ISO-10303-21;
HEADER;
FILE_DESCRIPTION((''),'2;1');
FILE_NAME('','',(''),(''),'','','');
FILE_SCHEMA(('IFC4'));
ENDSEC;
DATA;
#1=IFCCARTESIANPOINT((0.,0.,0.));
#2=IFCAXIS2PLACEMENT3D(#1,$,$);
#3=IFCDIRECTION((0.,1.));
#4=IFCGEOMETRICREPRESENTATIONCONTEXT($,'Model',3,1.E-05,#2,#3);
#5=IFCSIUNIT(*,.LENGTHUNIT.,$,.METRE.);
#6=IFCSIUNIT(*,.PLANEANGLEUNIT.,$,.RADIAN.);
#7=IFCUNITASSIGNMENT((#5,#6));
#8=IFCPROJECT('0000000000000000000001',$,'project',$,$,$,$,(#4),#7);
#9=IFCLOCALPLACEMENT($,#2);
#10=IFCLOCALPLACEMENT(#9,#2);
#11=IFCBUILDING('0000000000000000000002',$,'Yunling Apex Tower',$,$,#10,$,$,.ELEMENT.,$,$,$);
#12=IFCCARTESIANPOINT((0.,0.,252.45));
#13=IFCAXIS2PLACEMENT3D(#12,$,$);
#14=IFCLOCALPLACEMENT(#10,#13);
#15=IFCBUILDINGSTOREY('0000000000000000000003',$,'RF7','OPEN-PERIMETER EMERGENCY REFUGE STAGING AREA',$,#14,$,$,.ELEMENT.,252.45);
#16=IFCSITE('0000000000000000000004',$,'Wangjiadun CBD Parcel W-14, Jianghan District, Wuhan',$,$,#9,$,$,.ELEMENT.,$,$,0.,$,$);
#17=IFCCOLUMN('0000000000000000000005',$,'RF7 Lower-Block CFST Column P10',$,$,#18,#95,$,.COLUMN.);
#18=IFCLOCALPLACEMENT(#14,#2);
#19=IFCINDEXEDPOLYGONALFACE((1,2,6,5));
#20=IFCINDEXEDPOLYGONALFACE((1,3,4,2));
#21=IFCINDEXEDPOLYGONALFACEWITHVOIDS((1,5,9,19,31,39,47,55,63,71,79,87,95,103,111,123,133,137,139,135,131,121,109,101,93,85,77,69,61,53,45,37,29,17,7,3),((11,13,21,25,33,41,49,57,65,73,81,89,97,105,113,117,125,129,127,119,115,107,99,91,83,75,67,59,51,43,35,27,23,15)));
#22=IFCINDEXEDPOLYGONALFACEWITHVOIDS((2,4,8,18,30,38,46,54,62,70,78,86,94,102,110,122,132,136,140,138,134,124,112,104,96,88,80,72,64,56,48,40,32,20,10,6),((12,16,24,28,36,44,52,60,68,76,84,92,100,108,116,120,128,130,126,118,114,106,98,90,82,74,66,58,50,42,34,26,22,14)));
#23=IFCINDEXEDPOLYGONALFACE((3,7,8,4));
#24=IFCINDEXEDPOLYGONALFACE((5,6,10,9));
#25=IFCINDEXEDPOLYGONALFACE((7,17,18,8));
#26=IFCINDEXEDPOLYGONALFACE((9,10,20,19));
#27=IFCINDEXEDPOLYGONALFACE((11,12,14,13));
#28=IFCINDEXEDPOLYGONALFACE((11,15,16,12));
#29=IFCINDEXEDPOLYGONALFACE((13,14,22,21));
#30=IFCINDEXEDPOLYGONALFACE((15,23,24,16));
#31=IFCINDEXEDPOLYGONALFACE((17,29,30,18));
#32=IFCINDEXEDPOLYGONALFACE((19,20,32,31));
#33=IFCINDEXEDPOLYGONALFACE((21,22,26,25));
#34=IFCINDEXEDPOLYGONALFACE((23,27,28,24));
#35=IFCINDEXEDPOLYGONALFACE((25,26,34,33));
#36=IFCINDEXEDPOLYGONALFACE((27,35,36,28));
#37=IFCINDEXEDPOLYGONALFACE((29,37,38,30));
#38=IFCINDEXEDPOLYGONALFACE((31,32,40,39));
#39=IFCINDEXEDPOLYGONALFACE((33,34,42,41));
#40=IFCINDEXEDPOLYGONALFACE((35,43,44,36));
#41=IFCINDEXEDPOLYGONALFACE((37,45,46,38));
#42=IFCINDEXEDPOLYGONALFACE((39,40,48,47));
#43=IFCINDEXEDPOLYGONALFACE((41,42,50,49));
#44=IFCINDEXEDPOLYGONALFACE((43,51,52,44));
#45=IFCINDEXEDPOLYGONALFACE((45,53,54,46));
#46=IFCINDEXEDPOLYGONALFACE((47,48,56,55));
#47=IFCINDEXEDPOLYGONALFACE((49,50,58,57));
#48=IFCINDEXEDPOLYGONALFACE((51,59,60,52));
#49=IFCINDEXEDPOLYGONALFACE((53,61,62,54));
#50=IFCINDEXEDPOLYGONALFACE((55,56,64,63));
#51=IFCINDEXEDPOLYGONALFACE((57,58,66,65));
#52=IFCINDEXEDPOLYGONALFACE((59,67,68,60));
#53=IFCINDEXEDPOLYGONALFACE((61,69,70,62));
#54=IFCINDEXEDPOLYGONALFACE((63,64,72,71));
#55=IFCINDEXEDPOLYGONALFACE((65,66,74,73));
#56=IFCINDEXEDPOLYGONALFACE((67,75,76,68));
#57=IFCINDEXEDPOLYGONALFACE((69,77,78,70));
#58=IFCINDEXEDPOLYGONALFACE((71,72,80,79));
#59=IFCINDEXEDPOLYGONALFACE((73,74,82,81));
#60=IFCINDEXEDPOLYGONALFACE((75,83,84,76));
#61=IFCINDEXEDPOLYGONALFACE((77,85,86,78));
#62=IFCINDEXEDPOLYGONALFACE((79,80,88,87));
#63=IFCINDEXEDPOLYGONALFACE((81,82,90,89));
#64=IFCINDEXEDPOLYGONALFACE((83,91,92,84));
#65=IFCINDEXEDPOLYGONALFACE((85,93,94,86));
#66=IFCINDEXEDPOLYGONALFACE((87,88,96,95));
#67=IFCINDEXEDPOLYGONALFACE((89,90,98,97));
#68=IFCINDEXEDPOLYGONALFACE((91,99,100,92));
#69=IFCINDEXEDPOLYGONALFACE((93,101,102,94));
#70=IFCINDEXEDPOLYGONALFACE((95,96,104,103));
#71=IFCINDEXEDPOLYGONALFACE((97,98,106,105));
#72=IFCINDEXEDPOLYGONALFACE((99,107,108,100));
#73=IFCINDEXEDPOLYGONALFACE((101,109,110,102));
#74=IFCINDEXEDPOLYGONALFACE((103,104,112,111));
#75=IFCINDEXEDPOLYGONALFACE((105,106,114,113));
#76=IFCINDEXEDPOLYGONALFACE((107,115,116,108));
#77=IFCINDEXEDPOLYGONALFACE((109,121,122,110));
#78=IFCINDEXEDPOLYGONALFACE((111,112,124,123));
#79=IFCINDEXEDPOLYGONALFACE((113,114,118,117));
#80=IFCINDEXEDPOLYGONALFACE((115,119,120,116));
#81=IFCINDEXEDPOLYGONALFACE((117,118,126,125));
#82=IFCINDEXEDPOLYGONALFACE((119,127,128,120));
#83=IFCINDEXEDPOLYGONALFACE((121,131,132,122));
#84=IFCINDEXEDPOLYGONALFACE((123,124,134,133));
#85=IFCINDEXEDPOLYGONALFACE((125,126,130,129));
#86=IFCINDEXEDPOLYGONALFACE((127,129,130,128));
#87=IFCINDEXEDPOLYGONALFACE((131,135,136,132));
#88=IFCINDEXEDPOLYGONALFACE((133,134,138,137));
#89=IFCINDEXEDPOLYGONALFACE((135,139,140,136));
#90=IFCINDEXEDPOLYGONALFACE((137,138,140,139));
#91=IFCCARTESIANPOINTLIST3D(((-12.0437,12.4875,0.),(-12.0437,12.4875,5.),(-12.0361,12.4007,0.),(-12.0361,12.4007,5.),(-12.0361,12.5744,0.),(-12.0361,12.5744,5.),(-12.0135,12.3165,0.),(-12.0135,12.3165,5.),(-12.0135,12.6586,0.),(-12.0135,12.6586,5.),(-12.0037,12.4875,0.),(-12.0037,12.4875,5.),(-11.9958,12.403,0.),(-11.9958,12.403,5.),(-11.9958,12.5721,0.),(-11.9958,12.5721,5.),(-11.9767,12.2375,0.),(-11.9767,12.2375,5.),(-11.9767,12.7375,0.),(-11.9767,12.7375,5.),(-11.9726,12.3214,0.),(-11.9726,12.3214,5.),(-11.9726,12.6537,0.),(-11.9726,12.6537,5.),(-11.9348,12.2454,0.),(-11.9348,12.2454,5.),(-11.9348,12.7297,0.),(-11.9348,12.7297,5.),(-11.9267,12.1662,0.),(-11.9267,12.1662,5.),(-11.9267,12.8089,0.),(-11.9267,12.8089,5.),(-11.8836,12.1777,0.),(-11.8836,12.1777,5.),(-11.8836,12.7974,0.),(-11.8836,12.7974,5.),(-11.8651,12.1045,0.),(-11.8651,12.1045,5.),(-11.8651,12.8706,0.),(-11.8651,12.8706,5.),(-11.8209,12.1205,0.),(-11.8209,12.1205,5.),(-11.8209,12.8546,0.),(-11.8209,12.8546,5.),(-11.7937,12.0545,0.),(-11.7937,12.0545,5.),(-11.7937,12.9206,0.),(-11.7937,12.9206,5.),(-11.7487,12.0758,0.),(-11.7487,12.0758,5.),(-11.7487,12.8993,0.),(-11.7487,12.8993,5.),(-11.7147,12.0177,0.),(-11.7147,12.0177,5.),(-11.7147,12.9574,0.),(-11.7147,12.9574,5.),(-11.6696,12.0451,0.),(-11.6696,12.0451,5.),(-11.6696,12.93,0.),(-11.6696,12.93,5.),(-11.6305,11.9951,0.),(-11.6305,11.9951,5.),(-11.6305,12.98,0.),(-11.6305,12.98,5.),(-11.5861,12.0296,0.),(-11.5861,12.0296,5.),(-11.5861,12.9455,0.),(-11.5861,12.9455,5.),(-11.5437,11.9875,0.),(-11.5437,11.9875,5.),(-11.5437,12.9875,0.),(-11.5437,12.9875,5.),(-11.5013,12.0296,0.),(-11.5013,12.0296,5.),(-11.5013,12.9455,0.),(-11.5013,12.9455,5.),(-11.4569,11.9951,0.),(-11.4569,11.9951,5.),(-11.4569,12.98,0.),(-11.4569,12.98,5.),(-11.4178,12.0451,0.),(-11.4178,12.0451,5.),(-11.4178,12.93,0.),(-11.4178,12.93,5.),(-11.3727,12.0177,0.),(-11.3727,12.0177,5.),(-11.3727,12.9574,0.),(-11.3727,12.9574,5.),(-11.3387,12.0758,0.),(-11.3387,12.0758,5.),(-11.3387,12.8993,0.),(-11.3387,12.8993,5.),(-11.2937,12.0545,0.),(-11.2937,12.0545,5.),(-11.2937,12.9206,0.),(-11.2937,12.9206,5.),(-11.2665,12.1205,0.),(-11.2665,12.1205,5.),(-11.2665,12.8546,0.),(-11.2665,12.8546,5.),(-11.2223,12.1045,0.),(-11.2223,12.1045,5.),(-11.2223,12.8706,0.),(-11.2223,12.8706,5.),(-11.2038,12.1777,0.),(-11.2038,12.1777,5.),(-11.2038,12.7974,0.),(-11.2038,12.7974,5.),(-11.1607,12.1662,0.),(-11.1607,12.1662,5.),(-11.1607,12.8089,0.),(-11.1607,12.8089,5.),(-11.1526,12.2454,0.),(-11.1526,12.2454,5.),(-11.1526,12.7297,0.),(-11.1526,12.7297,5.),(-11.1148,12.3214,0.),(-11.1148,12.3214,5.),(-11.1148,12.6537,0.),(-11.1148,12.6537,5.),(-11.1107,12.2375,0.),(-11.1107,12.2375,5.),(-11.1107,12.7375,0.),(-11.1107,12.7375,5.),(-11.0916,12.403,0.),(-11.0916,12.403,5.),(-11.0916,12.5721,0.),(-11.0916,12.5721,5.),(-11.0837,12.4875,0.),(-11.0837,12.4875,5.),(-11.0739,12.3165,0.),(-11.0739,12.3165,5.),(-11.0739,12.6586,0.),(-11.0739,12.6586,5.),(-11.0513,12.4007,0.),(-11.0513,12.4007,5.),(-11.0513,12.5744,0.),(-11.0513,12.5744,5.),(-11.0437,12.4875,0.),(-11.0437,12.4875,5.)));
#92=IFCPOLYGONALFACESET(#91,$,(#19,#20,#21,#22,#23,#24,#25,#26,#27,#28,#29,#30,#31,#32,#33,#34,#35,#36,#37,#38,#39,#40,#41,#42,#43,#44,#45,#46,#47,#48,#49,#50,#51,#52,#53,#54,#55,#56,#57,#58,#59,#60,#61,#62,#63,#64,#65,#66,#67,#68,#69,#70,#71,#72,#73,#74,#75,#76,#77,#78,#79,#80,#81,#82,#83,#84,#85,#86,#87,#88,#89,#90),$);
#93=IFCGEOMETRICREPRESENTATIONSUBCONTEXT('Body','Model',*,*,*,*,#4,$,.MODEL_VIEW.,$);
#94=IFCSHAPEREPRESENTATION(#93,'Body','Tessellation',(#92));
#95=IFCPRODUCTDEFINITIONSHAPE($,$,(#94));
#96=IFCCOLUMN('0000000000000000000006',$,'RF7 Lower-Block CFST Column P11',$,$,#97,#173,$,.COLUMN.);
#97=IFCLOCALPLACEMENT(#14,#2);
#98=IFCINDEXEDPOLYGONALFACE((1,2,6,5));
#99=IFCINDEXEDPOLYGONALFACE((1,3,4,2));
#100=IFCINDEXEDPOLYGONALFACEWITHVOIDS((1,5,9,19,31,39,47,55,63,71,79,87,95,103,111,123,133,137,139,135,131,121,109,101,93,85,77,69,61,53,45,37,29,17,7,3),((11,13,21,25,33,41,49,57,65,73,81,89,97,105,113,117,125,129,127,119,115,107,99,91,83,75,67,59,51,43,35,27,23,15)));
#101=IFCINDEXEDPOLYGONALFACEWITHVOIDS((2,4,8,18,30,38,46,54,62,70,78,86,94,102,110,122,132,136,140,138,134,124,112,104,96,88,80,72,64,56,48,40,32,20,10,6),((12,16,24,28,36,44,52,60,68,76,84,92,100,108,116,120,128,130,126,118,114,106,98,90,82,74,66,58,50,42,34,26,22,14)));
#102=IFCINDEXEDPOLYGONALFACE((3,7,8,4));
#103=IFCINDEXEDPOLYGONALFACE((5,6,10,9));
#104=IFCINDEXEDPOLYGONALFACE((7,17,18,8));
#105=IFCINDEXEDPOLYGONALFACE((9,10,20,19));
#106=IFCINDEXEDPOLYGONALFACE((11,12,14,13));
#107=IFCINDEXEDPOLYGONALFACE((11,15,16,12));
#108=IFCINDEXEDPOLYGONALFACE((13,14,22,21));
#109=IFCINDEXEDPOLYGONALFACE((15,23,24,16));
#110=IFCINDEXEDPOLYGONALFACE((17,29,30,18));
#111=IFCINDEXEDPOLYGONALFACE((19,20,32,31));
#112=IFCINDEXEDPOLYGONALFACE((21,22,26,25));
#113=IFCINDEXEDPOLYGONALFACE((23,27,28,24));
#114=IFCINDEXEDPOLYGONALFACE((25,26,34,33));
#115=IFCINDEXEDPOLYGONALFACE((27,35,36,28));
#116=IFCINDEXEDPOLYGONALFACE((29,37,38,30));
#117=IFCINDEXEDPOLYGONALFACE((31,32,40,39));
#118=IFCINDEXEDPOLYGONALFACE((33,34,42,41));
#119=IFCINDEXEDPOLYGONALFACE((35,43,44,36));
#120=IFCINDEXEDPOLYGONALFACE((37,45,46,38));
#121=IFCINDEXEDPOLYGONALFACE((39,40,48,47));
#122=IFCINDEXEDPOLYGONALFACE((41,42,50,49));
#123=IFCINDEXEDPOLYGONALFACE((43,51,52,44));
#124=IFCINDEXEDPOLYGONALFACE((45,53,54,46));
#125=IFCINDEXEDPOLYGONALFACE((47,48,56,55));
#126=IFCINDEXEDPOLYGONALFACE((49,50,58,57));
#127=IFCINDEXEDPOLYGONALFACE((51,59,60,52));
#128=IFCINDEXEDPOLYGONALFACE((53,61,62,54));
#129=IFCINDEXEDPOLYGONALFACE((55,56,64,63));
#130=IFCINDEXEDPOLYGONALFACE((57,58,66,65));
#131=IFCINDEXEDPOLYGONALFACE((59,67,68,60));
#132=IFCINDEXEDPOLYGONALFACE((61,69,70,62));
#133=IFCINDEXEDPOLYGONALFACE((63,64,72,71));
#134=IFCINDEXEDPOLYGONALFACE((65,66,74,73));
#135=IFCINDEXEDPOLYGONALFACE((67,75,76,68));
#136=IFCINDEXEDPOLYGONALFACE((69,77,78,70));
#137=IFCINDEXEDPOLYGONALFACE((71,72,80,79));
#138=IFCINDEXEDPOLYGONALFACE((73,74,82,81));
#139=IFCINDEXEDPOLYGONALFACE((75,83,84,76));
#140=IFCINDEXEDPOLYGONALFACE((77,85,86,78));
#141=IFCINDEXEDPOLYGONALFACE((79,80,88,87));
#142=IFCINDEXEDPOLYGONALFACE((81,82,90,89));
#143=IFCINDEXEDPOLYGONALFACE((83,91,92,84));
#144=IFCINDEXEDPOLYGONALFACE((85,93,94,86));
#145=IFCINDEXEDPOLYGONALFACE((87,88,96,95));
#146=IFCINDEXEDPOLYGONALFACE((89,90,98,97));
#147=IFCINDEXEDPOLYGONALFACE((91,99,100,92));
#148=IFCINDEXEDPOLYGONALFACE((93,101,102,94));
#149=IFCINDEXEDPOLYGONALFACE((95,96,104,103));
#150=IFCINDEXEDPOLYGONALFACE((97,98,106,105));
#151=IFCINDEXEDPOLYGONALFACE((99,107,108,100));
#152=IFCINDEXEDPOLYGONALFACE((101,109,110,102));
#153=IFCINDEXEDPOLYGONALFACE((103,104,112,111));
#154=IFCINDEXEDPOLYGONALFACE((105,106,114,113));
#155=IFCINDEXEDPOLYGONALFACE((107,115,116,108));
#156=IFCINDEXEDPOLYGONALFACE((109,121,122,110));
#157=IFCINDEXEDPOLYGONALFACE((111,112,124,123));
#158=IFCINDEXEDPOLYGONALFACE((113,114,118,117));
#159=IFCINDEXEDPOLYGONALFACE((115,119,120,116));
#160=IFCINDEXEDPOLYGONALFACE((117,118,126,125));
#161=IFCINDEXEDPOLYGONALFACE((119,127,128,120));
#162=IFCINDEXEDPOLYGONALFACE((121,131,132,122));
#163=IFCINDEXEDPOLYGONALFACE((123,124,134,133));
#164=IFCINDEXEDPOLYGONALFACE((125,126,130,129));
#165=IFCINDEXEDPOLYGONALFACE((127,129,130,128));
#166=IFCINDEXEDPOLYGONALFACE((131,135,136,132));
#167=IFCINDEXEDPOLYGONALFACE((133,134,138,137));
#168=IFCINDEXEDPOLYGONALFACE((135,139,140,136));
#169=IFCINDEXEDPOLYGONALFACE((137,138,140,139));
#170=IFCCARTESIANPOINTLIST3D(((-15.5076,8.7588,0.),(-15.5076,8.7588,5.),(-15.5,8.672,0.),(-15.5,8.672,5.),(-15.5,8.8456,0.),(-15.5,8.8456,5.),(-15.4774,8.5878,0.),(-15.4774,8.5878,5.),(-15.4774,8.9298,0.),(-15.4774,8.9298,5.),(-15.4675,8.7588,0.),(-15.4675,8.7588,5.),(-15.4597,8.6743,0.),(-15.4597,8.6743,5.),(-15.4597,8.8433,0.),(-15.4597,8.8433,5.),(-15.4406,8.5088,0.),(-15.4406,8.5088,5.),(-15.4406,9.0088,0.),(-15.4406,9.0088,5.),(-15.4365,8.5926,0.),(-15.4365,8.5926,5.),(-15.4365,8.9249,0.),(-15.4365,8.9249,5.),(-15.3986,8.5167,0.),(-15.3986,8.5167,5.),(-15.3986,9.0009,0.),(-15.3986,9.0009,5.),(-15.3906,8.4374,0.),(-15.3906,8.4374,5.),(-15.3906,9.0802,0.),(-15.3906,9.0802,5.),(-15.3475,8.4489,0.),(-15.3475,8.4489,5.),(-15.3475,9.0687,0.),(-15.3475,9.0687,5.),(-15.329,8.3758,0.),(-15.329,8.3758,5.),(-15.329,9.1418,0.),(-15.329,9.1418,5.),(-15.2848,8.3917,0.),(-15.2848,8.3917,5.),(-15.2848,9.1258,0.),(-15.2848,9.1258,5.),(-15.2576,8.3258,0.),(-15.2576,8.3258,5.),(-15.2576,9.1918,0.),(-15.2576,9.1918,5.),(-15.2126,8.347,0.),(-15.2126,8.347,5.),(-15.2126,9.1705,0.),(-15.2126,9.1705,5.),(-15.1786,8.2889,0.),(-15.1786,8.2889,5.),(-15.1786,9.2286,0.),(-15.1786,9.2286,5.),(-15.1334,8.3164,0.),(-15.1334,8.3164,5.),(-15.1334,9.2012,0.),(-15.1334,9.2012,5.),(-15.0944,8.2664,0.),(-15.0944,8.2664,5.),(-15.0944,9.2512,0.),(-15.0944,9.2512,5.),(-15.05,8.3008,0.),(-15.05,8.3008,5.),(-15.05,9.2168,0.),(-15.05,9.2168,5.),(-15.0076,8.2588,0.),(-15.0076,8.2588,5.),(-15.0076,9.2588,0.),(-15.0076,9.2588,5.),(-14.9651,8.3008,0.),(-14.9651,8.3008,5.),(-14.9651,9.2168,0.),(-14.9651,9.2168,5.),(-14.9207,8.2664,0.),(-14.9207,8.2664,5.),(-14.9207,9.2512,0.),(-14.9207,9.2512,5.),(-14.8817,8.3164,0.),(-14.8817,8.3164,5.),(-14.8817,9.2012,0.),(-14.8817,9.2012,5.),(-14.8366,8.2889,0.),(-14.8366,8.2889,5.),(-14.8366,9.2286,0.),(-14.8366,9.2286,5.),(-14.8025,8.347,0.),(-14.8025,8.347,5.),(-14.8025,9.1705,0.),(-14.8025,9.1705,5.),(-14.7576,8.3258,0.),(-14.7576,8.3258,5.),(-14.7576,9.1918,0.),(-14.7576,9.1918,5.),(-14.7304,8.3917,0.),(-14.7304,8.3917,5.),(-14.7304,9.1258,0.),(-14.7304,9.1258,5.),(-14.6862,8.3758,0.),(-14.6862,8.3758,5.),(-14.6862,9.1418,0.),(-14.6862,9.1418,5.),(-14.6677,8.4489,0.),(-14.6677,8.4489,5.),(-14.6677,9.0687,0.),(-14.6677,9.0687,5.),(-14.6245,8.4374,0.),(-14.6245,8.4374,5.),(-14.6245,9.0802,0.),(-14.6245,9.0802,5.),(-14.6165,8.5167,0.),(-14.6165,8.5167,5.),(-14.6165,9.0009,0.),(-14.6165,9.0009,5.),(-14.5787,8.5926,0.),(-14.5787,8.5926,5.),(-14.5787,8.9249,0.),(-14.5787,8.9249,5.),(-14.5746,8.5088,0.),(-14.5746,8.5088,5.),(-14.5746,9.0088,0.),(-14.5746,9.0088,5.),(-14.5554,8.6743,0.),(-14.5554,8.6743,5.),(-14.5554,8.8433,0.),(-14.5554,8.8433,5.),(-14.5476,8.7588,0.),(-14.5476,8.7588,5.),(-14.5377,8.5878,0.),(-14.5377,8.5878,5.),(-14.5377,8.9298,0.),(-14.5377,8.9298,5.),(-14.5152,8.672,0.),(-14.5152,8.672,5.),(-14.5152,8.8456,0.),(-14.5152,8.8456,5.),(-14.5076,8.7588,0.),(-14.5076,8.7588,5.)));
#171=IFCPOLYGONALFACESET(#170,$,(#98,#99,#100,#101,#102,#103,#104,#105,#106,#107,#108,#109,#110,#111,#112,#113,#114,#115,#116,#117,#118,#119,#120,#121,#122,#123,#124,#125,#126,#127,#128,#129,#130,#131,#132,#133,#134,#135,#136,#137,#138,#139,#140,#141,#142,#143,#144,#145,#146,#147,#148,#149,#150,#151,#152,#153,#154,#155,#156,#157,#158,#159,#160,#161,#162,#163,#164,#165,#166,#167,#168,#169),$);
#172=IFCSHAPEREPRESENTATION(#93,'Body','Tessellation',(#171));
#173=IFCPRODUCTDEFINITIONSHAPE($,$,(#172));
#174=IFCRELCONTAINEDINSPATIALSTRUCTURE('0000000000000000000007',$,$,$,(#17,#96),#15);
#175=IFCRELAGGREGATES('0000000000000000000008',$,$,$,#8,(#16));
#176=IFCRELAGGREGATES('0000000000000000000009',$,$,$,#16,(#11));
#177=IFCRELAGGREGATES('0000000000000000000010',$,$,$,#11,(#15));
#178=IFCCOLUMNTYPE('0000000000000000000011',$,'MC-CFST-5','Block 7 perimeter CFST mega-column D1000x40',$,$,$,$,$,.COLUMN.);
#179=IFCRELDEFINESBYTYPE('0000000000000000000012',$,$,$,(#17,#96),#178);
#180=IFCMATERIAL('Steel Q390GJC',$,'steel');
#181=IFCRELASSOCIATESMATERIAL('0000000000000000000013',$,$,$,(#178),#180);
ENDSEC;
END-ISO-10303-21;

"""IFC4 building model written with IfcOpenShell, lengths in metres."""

from ifc_helpers import new_model, si_unit, direction, frame, origin, origin_2d, place, context, subcontext, project, spatial, hollow_circle, extrude, source, transform, mapped, material, material_profile, profile_set, type_object, element, save


model = new_model("IFC4")

# Units and contexts
model_context = context("Model", 3, precision=1e-05, world=origin(), true_north=direction((0.0, 1.0)))
body_context = subcontext(model_context, "Body", "Model", "MODEL_VIEW")
ifc_project = project(units=[si_unit("LENGTHUNIT", "METRE"), si_unit("PLANEANGLEUNIT", "RADIAN")], contexts=[model_context])

# Site, building, storey
site_placement = place(None, origin())
site = spatial("IfcSite", under=ifc_project, at=site_placement, Name="Wangjiadun CBD Parcel W-14, Jianghan District, Wuhan", CompositionType="ELEMENT", RefElevation=0.0)
building_placement = place(site_placement, origin())
building = spatial("IfcBuilding", under=site, at=building_placement, Name="Yunling Apex Tower", CompositionType="ELEMENT")
storey_placement = place(building_placement, frame((0.0, 0.0, 252.45)))
storey = spatial("IfcBuildingStorey", under=building, at=storey_placement, Name="RF7", Description="OPEN-PERIMETER EMERGENCY REFUGE STAGING AREA", CompositionType="ELEMENT", Elevation=252.45)

# Columns
ifc_material_1 = material(Name="Steel Q390GJC", Category="steel")
ifc_material_profile_1 = material_profile(ifc_material_1, hollow_circle(Radius=0.5, WallThickness=0.04, at=origin_2d()))
ifc_profile_set_1 = profile_set([ifc_material_profile_1], Name="Steel Q390GJC")
column_type = type_object("IfcColumnType", Name="MC-CFST-5", Description="Block 7 perimeter CFST mega-column D1000x40", PredefinedType="COLUMN", material=ifc_profile_set_1)
shared_shape_1 = source(origin(), body_context, "Body", "SweptSolid", [
    extrude(hollow_circle(Radius=0.5, WallThickness=0.04, at=origin_2d()), origin(), (0.0, 0.0, 1.0), 5.0),
])
for number, where, z_axis, x_axis, name in (
    (1, (-11.5437, 12.4875, 0.0), (0.0, 0.0, 1.0), (1.0, 0.0, 0.0), "RF7 Lower-Block CFST Column P10"),
    (2, (-15.0076, 8.7588, 0.0), (0.0, 0.0, 1.0), (1.0, 0.0, 0.0), "RF7 Lower-Block CFST Column P11"),
):
    element("IfcColumn", number, at=place(storey_placement, frame(where, z_axis=z_axis, x_axis=x_axis)), inside=storey, type_object=column_type, Name=name, PredefinedType="COLUMN", context=body_context, shape_type="MappedRepresentation", body=[
        mapped(shared_shape_1, transform((0.0, 0.0, 0.0), scale=1.0)),
    ])

save(model, "model.ifc")
